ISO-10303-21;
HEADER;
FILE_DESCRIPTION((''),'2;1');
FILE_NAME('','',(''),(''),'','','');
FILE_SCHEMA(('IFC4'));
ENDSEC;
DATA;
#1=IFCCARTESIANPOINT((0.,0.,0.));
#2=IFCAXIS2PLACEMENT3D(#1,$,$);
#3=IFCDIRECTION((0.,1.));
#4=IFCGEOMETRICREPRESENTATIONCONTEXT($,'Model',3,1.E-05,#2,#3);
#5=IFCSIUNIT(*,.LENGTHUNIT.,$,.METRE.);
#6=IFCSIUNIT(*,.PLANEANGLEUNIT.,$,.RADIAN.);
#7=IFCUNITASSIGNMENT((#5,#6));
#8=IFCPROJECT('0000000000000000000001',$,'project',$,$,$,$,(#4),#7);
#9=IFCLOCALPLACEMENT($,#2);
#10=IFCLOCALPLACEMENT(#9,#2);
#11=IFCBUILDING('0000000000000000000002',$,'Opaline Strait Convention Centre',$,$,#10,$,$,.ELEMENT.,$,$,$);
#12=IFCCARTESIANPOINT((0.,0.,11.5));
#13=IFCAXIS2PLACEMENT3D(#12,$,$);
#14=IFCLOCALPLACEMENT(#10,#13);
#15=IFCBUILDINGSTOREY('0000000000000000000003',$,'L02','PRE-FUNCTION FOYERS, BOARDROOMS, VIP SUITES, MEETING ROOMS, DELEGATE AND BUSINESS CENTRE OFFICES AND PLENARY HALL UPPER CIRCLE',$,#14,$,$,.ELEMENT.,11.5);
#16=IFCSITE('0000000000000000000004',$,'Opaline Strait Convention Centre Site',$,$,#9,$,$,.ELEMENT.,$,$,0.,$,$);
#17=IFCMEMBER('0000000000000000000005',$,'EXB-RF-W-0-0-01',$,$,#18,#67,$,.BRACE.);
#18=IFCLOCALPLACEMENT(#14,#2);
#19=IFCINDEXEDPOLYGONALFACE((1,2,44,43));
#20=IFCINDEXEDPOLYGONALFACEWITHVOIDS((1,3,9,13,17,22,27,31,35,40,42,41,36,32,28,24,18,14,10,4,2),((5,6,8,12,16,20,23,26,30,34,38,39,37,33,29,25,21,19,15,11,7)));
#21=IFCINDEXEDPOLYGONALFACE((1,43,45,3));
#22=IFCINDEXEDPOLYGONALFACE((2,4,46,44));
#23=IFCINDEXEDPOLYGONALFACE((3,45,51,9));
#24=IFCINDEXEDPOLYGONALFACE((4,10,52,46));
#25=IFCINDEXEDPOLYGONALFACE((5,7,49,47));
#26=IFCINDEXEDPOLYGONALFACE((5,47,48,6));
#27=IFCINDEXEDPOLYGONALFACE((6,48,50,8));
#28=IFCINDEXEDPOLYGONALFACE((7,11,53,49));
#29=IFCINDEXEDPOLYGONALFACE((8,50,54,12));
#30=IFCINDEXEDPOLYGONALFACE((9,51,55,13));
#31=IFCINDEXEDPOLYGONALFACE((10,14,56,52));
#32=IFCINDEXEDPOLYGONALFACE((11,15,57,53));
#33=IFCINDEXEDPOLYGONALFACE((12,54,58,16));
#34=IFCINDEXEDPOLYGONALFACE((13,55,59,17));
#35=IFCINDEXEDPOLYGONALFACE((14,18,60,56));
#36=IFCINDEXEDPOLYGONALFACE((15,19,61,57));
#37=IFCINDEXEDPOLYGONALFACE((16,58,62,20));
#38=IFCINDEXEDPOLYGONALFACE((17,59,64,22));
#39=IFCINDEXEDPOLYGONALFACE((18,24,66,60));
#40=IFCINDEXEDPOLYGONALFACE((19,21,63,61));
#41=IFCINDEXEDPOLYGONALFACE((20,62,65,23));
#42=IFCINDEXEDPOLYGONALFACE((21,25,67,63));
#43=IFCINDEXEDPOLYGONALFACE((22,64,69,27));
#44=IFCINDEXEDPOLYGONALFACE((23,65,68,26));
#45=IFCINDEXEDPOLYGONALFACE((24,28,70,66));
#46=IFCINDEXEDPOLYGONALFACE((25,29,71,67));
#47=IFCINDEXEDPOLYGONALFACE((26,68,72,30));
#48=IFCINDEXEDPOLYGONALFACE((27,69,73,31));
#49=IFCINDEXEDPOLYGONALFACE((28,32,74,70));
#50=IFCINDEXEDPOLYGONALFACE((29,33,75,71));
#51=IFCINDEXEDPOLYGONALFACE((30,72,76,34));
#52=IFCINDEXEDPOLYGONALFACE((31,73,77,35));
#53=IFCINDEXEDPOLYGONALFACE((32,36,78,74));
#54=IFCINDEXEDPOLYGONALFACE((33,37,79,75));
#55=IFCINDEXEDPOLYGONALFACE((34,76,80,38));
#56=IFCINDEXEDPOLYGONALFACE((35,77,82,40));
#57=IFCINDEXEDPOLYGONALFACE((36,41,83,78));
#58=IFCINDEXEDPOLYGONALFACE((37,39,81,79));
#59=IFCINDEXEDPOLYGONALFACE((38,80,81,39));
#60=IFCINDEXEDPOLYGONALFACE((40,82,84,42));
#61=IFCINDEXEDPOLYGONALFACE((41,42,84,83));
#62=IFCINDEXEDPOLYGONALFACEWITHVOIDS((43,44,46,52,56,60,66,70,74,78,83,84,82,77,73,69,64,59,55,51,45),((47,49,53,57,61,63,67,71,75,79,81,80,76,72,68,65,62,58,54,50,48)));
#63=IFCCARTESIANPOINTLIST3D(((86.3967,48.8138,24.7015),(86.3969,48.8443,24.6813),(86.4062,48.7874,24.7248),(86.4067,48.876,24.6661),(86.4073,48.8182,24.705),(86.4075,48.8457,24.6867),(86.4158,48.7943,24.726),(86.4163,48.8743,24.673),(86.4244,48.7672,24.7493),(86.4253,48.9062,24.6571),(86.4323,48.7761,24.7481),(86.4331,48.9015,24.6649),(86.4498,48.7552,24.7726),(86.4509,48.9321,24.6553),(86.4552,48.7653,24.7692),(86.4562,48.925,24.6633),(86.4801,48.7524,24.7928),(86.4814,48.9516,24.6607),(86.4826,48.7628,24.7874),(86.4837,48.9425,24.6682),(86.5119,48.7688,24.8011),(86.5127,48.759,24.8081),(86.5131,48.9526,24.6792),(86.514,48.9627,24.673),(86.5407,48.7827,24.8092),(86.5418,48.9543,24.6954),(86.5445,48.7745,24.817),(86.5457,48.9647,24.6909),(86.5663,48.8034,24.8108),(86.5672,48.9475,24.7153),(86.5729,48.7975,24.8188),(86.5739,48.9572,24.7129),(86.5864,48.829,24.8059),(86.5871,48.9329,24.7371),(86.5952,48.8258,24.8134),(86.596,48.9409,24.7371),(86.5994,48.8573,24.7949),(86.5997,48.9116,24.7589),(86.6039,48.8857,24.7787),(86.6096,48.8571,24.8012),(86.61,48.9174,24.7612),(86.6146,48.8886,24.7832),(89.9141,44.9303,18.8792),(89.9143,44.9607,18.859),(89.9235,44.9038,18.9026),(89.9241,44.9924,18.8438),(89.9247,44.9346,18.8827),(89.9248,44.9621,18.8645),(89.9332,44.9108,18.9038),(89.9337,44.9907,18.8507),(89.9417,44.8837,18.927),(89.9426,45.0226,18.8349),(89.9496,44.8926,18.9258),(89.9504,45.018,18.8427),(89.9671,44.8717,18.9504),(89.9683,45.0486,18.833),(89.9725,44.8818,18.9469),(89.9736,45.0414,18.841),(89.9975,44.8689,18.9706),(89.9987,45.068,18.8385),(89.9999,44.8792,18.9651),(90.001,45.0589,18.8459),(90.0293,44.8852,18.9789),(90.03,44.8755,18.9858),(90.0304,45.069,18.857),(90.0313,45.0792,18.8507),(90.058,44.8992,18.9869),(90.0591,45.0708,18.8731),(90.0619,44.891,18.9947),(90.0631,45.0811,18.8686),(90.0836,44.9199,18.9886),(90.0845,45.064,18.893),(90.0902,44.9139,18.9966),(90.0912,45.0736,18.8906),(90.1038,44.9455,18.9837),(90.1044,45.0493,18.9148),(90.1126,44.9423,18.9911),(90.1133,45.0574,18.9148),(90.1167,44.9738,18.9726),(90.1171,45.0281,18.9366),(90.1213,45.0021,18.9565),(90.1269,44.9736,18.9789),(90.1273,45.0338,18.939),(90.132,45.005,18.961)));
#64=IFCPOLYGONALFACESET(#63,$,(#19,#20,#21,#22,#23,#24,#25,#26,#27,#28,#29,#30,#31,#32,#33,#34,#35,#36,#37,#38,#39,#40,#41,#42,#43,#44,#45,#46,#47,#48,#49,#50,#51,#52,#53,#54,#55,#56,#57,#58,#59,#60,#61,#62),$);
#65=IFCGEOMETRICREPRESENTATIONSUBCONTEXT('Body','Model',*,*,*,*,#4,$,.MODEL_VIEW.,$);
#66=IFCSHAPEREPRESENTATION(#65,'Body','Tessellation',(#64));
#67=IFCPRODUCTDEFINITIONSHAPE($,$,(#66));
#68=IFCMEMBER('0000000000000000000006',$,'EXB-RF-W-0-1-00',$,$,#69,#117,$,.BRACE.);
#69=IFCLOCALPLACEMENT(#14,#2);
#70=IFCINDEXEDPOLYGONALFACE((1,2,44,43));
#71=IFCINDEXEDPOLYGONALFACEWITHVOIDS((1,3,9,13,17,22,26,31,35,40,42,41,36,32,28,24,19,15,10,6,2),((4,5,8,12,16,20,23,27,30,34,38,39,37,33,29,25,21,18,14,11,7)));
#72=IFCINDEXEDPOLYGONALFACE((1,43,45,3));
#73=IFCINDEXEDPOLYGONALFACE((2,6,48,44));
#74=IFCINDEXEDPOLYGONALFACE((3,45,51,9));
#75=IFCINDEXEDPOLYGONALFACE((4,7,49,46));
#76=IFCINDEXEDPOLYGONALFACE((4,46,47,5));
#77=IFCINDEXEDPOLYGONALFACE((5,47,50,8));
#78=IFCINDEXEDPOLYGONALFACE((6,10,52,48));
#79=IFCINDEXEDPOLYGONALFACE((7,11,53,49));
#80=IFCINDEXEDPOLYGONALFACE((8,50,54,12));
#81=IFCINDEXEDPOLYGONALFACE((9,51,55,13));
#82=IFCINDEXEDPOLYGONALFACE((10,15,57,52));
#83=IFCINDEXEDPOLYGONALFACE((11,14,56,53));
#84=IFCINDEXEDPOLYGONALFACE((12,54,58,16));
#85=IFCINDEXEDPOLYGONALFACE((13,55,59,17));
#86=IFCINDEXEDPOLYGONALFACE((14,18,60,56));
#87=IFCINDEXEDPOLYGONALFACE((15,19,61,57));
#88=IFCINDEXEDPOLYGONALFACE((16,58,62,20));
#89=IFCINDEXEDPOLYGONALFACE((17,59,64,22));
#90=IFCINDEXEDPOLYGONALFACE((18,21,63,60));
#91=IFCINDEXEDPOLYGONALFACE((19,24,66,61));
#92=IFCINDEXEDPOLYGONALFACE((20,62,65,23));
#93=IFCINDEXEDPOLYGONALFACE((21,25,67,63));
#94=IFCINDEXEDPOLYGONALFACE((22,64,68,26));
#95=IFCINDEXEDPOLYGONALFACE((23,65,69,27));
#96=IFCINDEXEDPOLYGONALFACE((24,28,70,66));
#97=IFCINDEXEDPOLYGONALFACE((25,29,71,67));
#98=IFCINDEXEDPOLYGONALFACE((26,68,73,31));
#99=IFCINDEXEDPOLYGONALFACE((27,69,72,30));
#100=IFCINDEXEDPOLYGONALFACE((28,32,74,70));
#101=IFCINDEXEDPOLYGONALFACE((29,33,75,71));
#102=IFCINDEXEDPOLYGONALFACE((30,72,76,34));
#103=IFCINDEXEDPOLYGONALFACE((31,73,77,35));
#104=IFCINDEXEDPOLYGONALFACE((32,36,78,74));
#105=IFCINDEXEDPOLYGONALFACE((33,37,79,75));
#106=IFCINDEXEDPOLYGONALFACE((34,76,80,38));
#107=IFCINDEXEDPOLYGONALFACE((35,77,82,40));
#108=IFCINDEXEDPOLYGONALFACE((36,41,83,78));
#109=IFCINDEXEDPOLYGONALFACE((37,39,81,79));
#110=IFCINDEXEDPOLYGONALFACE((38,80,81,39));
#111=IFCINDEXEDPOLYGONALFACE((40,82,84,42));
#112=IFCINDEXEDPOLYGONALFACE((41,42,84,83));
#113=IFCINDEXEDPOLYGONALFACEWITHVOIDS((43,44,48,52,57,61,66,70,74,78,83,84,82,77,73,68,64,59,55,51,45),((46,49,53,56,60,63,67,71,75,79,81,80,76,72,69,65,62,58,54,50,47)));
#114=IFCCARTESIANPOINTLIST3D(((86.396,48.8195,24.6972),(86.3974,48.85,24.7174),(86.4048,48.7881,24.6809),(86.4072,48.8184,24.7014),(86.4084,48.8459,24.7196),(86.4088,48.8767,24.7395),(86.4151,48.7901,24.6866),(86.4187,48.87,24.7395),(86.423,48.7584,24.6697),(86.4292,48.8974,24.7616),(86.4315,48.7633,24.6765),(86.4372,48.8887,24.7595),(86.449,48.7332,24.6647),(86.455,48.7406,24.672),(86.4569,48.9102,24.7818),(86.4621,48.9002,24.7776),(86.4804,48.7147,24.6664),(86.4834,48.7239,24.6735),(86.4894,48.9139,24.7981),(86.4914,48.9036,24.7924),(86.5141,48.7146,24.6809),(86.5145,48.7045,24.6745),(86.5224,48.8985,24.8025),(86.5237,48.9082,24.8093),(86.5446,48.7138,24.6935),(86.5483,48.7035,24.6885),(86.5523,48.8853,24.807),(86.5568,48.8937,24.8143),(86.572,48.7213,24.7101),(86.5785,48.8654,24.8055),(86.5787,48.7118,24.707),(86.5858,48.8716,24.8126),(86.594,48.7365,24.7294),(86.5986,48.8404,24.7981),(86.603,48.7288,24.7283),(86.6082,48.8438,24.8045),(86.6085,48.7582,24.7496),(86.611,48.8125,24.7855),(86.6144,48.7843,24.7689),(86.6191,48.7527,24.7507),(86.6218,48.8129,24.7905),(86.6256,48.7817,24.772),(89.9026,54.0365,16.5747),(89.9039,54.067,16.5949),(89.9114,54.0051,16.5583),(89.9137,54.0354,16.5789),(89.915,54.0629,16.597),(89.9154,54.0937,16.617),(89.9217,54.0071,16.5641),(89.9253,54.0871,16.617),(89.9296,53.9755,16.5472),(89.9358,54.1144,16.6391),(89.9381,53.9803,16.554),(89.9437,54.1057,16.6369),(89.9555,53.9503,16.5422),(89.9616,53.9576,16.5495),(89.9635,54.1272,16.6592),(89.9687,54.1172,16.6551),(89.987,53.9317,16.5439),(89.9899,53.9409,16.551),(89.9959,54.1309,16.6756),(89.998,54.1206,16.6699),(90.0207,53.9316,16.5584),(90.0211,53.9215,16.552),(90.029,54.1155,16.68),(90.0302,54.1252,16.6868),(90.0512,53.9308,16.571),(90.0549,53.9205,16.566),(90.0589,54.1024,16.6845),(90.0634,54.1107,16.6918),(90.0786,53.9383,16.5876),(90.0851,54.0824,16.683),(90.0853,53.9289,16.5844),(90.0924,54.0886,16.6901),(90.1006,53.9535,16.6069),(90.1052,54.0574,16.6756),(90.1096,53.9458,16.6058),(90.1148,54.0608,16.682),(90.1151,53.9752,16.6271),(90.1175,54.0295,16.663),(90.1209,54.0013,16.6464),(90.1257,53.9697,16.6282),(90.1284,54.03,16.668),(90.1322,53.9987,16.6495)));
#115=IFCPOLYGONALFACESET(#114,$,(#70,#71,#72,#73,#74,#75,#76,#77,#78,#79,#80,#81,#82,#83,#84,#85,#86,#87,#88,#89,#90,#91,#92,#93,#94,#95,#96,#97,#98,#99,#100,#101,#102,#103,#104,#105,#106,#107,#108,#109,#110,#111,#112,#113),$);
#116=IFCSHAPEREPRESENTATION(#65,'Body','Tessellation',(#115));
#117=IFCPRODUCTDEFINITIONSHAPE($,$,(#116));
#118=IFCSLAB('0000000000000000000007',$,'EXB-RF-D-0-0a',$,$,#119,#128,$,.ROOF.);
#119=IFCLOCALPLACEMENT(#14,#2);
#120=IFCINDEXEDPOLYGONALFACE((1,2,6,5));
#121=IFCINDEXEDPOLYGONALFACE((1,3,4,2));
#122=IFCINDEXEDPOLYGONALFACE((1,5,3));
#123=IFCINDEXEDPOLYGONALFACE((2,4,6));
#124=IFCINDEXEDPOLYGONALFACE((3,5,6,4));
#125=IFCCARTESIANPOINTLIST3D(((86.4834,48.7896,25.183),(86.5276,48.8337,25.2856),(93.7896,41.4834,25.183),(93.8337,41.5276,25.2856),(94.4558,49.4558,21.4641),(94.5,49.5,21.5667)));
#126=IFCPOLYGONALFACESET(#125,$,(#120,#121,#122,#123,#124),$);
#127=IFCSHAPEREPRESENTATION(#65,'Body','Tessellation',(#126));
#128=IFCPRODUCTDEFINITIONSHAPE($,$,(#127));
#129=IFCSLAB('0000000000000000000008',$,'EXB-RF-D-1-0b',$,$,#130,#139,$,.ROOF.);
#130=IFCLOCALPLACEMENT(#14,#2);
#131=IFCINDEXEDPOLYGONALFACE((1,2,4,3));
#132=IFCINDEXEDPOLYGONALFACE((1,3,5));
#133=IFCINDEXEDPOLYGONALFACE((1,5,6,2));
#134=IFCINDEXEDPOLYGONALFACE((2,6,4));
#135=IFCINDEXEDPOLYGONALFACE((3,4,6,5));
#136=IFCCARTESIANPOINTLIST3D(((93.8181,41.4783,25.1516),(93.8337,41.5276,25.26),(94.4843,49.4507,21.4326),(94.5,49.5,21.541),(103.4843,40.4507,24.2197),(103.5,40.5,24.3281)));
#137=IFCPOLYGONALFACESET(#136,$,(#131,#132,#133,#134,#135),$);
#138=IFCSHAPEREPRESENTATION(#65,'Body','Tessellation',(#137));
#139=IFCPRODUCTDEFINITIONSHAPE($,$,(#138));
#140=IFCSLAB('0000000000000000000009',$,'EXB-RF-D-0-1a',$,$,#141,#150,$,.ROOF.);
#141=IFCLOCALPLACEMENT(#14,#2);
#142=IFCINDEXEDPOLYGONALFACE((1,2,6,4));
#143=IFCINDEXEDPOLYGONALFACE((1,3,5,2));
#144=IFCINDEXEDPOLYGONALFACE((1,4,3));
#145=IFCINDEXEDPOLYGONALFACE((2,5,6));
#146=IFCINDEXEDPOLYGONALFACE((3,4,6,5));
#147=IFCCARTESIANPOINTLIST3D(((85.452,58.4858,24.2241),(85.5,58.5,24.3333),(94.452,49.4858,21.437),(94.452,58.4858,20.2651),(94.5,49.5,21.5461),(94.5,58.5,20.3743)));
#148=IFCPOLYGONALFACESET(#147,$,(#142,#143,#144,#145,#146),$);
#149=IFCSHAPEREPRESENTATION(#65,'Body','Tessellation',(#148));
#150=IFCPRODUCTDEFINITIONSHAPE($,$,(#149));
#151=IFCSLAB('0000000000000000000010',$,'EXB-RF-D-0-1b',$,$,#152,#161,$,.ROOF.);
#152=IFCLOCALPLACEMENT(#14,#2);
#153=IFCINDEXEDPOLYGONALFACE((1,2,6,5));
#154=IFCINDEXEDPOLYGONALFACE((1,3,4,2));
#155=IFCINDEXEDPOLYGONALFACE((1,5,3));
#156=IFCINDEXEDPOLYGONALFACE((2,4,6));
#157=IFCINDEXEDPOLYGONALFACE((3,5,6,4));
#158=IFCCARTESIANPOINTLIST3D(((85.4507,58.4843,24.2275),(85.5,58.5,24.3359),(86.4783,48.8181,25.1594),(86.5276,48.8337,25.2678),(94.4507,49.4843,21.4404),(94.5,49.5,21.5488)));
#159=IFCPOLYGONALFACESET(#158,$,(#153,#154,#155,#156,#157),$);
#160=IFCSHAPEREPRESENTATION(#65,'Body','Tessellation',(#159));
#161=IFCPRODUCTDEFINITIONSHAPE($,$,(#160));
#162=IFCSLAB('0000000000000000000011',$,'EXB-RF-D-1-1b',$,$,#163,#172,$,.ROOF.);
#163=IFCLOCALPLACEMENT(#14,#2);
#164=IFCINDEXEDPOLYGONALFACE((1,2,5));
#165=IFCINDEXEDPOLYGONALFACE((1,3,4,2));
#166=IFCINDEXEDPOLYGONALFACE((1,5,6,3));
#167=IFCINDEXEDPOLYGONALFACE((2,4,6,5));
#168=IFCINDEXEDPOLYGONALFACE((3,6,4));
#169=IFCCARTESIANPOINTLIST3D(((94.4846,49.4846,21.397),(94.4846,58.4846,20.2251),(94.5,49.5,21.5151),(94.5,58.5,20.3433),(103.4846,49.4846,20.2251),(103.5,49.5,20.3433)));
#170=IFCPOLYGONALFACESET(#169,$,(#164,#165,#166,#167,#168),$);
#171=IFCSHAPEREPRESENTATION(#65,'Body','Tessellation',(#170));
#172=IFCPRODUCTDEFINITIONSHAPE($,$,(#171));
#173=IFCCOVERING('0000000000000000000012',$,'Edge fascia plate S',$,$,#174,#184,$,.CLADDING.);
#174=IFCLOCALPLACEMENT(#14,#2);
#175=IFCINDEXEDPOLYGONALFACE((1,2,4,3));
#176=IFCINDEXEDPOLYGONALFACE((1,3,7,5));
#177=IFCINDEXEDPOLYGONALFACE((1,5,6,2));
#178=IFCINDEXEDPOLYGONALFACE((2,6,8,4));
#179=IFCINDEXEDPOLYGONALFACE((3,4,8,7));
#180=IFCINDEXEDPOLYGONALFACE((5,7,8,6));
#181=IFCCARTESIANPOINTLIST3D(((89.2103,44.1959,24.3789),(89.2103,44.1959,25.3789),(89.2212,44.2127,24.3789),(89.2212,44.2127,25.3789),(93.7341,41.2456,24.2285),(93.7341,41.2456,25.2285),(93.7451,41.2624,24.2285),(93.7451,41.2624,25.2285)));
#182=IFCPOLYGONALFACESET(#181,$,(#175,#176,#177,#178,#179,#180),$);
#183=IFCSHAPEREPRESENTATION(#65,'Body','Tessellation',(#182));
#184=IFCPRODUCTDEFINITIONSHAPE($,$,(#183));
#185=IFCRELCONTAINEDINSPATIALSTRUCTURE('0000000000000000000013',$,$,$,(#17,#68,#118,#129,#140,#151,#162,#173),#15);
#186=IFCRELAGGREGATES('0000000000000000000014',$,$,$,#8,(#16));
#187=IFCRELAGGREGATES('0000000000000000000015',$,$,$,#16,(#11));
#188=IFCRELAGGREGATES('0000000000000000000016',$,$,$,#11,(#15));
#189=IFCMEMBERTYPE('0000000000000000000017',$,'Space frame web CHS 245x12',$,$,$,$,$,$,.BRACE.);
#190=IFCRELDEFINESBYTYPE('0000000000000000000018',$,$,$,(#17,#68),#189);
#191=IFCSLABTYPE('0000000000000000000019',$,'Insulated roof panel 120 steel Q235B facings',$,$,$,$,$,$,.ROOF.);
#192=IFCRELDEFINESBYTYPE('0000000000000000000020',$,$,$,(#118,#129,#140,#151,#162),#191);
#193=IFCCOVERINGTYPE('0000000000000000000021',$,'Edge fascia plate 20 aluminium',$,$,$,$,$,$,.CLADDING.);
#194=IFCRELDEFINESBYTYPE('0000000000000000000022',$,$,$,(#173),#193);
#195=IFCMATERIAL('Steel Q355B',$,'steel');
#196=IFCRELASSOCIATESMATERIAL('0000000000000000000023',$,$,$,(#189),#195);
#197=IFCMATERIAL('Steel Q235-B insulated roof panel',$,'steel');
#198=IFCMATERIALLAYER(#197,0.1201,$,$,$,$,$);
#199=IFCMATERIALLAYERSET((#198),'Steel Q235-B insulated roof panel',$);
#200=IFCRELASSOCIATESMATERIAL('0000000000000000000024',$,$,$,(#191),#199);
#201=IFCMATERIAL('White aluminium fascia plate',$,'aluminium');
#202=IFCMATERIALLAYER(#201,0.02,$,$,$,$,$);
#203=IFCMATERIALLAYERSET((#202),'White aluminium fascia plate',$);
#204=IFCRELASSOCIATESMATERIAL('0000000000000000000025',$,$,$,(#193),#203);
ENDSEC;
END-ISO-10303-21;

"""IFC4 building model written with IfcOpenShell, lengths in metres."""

from ifc_helpers import new_model, si_unit, direction, frame, origin, origin_2d, place, context, subcontext, project, spatial, polyline, hollow_circle, outline, extrude, material, layer, layer_set, material_profile, profile_set, type_object, element, save


model = new_model("IFC4")

# Units and contexts
model_context = context("Model", 3, precision=1e-05, world=origin(), true_north=direction((0.0, 1.0)))
body_context = subcontext(model_context, "Body", "Model", "MODEL_VIEW")
ifc_project = project(units=[si_unit("LENGTHUNIT", "METRE"), si_unit("PLANEANGLEUNIT", "RADIAN")], contexts=[model_context])

# Site, building, storey
site_placement = place(None, origin())
site = spatial("IfcSite", under=ifc_project, at=site_placement, Name="Opaline Strait Convention Centre Site", CompositionType="ELEMENT", RefElevation=0.0)
building_placement = place(site_placement, origin())
building = spatial("IfcBuilding", under=site, at=building_placement, Name="Opaline Strait Convention Centre", CompositionType="ELEMENT")
storey_placement = place(building_placement, frame((0.0, 0.0, 11.5)))
storey = spatial("IfcBuildingStorey", under=building, at=storey_placement, Name="L02", Description="PRE-FUNCTION FOYERS, BOARDROOMS, VIP SUITES, MEETING ROOMS, DELEGATE AND BUSINESS CENTRE OFFICES AND PLENARY HALL UPPER CIRCLE", CompositionType="ELEMENT", Elevation=11.5)

# Members
ifc_material_1 = material(Name="Steel Q355B", Category="steel")
ifc_material_profile_1 = material_profile(ifc_material_1, hollow_circle(Radius=0.1226, WallThickness=0.012, at=origin_2d()), Name="CHS 245x12")
ifc_profile_set_1 = profile_set([ifc_material_profile_1], Name="Steel Q355B")
member_type_1 = type_object("IfcMemberType", Name="Space frame web CHS 245x12", PredefinedType="BRACE", material=ifc_profile_set_1)
member_1_placement = place(storey_placement, frame((86.5051, 48.8586, 24.7371), z_axis=(0.449053, -0.495807, -0.743321), x_axis=(0.741189, 0.671296, 0.0)))
element("IfcMember", 1, at=member_1_placement, inside=storey, type_object=member_type_1, Name="EXB-RF-W-0-0-01", PredefinedType="BRACE", context=body_context, shape_type="SweptSolid", body=[
    extrude(hollow_circle(Radius=0.1226, WallThickness=0.012, at=origin_2d()), origin(), (0.0, 0.0, 1.0), 7.8328),
])
member_2_placement = place(storey_placement, frame((86.5105, 48.8083, 24.7395), z_axis=(0.341413, 0.507948, -0.790839), x_axis=(-0.829947, 0.557842, 0.0)))
element("IfcMember", 2, at=member_2_placement, inside=storey, type_object=member_type_1, Name="EXB-RF-W-0-1-00", PredefinedType="BRACE", context=body_context, shape_type="SweptSolid", body=[
    extrude(hollow_circle(Radius=0.1226, WallThickness=0.012, at=origin_2d()), origin(), (0.0, 0.0, 1.0), 10.2708),
])

# Slabs
ifc_material_2 = material(Name="Steel Q235-B insulated roof panel", Category="steel")
ifc_layer_1 = layer(ifc_material_2, 0.1201)
ifc_layer_set_1 = layer_set([ifc_layer_1], Name="Steel Q235-B insulated roof panel")
slab_type = type_object("IfcSlabType", Name="Insulated roof panel 120 steel Q235B facings", PredefinedType="ROOF", material=ifc_layer_set_1)
slab_1_placement = place(storey_placement, frame((93.8337, 41.5276, 25.2856), z_axis=(0.367716, 0.367716, 0.854149), x_axis=(0.075519, 0.903659, -0.421541)))
element("IfcSlab", 3, at=slab_1_placement, inside=storey, type_object=slab_type, Name="EXB-RF-D-0-0a", PredefinedType="ROOF", context=body_context, shape_type="SweptSolid", body=[
    extrude(outline(polyline([(0.0, 0.0), (8.8224, 0.0), (6.0505, 8.3756), (0.0, 0.0)])), origin(), (0.0, 0.0, -1.0), 0.1201),
])
slab_2_placement = place(storey_placement, frame((93.8337, 41.5276, 25.26), z_axis=(0.130619, 0.410141, 0.90262), x_axis=(0.989859, -0.105229, -0.095428)))
element("IfcSlab", 4, at=slab_2_placement, inside=storey, type_object=slab_type, Name="EXB-RF-D-1-0b", PredefinedType="ROOF", context=body_context, shape_type="SweptSolid", body=[
    extrude(outline(polyline([(0.0, 0.0), (9.7653, 0.0), (0.1755, 8.8206), (0.0, 0.0)])), origin(), (0.0, 0.0, -1.0), 0.1201),
])
slab_3_placement = place(storey_placement, frame((94.5, 49.5, 21.5461), z_axis=(0.399822, 0.118349, 0.90892), x_axis=(0.0, 0.991629, -0.129118)))
element("IfcSlab", 5, at=slab_3_placement, inside=storey, type_object=slab_type, Name="EXB-RF-D-0-1a", PredefinedType="ROOF", context=body_context, shape_type="SweptSolid", body=[
    extrude(outline(polyline([(0.0, 0.0), (9.076, 0.0), (8.5648, 9.819), (0.0, 0.0)])), origin(), (0.0, 0.0, -1.0), 0.1201),
])
slab_4_placement = place(storey_placement, frame((86.5276, 48.8337, 25.2678), z_axis=(0.410141, 0.130619, 0.90262), x_axis=(0.903659, 0.075519, -0.421541)))
element("IfcSlab", 6, at=slab_4_placement, inside=storey, type_object=slab_type, Name="EXB-RF-D-0-1b", PredefinedType="ROOF", context=body_context, shape_type="SweptSolid", body=[
    extrude(outline(polyline([(0.0, 0.0), (8.8224, 0.0), (0.1942, 9.7634), (0.0, 0.0)])), origin(), (0.0, 0.0, -1.0), 0.1201),
])
slab_5_placement = place(storey_placement, frame((94.5, 49.5, 21.5151), z_axis=(0.128055, 0.128055, 0.983465), x_axis=(0.991629, 0.0, -0.129118)))
element("IfcSlab", 7, at=slab_5_placement, inside=storey, type_object=slab_type, Name="EXB-RF-D-1-1b", PredefinedType="ROOF", context=body_context, shape_type="SweptSolid", body=[
    extrude(outline(polyline([(0.0, 0.0), (9.076, 0.0), (0.1513, 9.0747), (0.0, 0.0)])), origin(), (0.0, 0.0, -1.0), 0.1201),
])

# Covering
ifc_material_3 = material(Name="White aluminium fascia plate", Category="aluminium")
ifc_layer_2 = layer(ifc_material_3, 0.02)
ifc_layer_set_2 = layer_set([ifc_layer_2], Name="White aluminium fascia plate")
covering_type = type_object("IfcCoveringType", Name="Edge fascia plate 20 aluminium", PredefinedType="CLADDING", material=ifc_layer_set_2)
covering_1_placement = place(storey_placement, frame((91.4832, 42.7375, 24.8037), z_axis=(-0.546268, -0.837611, 0.0), x_axis=(0.837611, -0.546268, 0.0)))
element("IfcCovering", 8, at=covering_1_placement, inside=storey, type_object=covering_type, Name="Edge fascia plate S", PredefinedType="CLADDING", context=body_context, shape_type="SweptSolid", body=[
    extrude(outline(polyline([(-2.7004, 0.5752), (2.7004, 0.4248), (2.7004, -0.5752), (-2.7004, -0.4248), (-2.7004, 0.5752)])), origin(), (0.0, 0.0, 1.0), 0.02),
])

save(model, "model.ifc")
